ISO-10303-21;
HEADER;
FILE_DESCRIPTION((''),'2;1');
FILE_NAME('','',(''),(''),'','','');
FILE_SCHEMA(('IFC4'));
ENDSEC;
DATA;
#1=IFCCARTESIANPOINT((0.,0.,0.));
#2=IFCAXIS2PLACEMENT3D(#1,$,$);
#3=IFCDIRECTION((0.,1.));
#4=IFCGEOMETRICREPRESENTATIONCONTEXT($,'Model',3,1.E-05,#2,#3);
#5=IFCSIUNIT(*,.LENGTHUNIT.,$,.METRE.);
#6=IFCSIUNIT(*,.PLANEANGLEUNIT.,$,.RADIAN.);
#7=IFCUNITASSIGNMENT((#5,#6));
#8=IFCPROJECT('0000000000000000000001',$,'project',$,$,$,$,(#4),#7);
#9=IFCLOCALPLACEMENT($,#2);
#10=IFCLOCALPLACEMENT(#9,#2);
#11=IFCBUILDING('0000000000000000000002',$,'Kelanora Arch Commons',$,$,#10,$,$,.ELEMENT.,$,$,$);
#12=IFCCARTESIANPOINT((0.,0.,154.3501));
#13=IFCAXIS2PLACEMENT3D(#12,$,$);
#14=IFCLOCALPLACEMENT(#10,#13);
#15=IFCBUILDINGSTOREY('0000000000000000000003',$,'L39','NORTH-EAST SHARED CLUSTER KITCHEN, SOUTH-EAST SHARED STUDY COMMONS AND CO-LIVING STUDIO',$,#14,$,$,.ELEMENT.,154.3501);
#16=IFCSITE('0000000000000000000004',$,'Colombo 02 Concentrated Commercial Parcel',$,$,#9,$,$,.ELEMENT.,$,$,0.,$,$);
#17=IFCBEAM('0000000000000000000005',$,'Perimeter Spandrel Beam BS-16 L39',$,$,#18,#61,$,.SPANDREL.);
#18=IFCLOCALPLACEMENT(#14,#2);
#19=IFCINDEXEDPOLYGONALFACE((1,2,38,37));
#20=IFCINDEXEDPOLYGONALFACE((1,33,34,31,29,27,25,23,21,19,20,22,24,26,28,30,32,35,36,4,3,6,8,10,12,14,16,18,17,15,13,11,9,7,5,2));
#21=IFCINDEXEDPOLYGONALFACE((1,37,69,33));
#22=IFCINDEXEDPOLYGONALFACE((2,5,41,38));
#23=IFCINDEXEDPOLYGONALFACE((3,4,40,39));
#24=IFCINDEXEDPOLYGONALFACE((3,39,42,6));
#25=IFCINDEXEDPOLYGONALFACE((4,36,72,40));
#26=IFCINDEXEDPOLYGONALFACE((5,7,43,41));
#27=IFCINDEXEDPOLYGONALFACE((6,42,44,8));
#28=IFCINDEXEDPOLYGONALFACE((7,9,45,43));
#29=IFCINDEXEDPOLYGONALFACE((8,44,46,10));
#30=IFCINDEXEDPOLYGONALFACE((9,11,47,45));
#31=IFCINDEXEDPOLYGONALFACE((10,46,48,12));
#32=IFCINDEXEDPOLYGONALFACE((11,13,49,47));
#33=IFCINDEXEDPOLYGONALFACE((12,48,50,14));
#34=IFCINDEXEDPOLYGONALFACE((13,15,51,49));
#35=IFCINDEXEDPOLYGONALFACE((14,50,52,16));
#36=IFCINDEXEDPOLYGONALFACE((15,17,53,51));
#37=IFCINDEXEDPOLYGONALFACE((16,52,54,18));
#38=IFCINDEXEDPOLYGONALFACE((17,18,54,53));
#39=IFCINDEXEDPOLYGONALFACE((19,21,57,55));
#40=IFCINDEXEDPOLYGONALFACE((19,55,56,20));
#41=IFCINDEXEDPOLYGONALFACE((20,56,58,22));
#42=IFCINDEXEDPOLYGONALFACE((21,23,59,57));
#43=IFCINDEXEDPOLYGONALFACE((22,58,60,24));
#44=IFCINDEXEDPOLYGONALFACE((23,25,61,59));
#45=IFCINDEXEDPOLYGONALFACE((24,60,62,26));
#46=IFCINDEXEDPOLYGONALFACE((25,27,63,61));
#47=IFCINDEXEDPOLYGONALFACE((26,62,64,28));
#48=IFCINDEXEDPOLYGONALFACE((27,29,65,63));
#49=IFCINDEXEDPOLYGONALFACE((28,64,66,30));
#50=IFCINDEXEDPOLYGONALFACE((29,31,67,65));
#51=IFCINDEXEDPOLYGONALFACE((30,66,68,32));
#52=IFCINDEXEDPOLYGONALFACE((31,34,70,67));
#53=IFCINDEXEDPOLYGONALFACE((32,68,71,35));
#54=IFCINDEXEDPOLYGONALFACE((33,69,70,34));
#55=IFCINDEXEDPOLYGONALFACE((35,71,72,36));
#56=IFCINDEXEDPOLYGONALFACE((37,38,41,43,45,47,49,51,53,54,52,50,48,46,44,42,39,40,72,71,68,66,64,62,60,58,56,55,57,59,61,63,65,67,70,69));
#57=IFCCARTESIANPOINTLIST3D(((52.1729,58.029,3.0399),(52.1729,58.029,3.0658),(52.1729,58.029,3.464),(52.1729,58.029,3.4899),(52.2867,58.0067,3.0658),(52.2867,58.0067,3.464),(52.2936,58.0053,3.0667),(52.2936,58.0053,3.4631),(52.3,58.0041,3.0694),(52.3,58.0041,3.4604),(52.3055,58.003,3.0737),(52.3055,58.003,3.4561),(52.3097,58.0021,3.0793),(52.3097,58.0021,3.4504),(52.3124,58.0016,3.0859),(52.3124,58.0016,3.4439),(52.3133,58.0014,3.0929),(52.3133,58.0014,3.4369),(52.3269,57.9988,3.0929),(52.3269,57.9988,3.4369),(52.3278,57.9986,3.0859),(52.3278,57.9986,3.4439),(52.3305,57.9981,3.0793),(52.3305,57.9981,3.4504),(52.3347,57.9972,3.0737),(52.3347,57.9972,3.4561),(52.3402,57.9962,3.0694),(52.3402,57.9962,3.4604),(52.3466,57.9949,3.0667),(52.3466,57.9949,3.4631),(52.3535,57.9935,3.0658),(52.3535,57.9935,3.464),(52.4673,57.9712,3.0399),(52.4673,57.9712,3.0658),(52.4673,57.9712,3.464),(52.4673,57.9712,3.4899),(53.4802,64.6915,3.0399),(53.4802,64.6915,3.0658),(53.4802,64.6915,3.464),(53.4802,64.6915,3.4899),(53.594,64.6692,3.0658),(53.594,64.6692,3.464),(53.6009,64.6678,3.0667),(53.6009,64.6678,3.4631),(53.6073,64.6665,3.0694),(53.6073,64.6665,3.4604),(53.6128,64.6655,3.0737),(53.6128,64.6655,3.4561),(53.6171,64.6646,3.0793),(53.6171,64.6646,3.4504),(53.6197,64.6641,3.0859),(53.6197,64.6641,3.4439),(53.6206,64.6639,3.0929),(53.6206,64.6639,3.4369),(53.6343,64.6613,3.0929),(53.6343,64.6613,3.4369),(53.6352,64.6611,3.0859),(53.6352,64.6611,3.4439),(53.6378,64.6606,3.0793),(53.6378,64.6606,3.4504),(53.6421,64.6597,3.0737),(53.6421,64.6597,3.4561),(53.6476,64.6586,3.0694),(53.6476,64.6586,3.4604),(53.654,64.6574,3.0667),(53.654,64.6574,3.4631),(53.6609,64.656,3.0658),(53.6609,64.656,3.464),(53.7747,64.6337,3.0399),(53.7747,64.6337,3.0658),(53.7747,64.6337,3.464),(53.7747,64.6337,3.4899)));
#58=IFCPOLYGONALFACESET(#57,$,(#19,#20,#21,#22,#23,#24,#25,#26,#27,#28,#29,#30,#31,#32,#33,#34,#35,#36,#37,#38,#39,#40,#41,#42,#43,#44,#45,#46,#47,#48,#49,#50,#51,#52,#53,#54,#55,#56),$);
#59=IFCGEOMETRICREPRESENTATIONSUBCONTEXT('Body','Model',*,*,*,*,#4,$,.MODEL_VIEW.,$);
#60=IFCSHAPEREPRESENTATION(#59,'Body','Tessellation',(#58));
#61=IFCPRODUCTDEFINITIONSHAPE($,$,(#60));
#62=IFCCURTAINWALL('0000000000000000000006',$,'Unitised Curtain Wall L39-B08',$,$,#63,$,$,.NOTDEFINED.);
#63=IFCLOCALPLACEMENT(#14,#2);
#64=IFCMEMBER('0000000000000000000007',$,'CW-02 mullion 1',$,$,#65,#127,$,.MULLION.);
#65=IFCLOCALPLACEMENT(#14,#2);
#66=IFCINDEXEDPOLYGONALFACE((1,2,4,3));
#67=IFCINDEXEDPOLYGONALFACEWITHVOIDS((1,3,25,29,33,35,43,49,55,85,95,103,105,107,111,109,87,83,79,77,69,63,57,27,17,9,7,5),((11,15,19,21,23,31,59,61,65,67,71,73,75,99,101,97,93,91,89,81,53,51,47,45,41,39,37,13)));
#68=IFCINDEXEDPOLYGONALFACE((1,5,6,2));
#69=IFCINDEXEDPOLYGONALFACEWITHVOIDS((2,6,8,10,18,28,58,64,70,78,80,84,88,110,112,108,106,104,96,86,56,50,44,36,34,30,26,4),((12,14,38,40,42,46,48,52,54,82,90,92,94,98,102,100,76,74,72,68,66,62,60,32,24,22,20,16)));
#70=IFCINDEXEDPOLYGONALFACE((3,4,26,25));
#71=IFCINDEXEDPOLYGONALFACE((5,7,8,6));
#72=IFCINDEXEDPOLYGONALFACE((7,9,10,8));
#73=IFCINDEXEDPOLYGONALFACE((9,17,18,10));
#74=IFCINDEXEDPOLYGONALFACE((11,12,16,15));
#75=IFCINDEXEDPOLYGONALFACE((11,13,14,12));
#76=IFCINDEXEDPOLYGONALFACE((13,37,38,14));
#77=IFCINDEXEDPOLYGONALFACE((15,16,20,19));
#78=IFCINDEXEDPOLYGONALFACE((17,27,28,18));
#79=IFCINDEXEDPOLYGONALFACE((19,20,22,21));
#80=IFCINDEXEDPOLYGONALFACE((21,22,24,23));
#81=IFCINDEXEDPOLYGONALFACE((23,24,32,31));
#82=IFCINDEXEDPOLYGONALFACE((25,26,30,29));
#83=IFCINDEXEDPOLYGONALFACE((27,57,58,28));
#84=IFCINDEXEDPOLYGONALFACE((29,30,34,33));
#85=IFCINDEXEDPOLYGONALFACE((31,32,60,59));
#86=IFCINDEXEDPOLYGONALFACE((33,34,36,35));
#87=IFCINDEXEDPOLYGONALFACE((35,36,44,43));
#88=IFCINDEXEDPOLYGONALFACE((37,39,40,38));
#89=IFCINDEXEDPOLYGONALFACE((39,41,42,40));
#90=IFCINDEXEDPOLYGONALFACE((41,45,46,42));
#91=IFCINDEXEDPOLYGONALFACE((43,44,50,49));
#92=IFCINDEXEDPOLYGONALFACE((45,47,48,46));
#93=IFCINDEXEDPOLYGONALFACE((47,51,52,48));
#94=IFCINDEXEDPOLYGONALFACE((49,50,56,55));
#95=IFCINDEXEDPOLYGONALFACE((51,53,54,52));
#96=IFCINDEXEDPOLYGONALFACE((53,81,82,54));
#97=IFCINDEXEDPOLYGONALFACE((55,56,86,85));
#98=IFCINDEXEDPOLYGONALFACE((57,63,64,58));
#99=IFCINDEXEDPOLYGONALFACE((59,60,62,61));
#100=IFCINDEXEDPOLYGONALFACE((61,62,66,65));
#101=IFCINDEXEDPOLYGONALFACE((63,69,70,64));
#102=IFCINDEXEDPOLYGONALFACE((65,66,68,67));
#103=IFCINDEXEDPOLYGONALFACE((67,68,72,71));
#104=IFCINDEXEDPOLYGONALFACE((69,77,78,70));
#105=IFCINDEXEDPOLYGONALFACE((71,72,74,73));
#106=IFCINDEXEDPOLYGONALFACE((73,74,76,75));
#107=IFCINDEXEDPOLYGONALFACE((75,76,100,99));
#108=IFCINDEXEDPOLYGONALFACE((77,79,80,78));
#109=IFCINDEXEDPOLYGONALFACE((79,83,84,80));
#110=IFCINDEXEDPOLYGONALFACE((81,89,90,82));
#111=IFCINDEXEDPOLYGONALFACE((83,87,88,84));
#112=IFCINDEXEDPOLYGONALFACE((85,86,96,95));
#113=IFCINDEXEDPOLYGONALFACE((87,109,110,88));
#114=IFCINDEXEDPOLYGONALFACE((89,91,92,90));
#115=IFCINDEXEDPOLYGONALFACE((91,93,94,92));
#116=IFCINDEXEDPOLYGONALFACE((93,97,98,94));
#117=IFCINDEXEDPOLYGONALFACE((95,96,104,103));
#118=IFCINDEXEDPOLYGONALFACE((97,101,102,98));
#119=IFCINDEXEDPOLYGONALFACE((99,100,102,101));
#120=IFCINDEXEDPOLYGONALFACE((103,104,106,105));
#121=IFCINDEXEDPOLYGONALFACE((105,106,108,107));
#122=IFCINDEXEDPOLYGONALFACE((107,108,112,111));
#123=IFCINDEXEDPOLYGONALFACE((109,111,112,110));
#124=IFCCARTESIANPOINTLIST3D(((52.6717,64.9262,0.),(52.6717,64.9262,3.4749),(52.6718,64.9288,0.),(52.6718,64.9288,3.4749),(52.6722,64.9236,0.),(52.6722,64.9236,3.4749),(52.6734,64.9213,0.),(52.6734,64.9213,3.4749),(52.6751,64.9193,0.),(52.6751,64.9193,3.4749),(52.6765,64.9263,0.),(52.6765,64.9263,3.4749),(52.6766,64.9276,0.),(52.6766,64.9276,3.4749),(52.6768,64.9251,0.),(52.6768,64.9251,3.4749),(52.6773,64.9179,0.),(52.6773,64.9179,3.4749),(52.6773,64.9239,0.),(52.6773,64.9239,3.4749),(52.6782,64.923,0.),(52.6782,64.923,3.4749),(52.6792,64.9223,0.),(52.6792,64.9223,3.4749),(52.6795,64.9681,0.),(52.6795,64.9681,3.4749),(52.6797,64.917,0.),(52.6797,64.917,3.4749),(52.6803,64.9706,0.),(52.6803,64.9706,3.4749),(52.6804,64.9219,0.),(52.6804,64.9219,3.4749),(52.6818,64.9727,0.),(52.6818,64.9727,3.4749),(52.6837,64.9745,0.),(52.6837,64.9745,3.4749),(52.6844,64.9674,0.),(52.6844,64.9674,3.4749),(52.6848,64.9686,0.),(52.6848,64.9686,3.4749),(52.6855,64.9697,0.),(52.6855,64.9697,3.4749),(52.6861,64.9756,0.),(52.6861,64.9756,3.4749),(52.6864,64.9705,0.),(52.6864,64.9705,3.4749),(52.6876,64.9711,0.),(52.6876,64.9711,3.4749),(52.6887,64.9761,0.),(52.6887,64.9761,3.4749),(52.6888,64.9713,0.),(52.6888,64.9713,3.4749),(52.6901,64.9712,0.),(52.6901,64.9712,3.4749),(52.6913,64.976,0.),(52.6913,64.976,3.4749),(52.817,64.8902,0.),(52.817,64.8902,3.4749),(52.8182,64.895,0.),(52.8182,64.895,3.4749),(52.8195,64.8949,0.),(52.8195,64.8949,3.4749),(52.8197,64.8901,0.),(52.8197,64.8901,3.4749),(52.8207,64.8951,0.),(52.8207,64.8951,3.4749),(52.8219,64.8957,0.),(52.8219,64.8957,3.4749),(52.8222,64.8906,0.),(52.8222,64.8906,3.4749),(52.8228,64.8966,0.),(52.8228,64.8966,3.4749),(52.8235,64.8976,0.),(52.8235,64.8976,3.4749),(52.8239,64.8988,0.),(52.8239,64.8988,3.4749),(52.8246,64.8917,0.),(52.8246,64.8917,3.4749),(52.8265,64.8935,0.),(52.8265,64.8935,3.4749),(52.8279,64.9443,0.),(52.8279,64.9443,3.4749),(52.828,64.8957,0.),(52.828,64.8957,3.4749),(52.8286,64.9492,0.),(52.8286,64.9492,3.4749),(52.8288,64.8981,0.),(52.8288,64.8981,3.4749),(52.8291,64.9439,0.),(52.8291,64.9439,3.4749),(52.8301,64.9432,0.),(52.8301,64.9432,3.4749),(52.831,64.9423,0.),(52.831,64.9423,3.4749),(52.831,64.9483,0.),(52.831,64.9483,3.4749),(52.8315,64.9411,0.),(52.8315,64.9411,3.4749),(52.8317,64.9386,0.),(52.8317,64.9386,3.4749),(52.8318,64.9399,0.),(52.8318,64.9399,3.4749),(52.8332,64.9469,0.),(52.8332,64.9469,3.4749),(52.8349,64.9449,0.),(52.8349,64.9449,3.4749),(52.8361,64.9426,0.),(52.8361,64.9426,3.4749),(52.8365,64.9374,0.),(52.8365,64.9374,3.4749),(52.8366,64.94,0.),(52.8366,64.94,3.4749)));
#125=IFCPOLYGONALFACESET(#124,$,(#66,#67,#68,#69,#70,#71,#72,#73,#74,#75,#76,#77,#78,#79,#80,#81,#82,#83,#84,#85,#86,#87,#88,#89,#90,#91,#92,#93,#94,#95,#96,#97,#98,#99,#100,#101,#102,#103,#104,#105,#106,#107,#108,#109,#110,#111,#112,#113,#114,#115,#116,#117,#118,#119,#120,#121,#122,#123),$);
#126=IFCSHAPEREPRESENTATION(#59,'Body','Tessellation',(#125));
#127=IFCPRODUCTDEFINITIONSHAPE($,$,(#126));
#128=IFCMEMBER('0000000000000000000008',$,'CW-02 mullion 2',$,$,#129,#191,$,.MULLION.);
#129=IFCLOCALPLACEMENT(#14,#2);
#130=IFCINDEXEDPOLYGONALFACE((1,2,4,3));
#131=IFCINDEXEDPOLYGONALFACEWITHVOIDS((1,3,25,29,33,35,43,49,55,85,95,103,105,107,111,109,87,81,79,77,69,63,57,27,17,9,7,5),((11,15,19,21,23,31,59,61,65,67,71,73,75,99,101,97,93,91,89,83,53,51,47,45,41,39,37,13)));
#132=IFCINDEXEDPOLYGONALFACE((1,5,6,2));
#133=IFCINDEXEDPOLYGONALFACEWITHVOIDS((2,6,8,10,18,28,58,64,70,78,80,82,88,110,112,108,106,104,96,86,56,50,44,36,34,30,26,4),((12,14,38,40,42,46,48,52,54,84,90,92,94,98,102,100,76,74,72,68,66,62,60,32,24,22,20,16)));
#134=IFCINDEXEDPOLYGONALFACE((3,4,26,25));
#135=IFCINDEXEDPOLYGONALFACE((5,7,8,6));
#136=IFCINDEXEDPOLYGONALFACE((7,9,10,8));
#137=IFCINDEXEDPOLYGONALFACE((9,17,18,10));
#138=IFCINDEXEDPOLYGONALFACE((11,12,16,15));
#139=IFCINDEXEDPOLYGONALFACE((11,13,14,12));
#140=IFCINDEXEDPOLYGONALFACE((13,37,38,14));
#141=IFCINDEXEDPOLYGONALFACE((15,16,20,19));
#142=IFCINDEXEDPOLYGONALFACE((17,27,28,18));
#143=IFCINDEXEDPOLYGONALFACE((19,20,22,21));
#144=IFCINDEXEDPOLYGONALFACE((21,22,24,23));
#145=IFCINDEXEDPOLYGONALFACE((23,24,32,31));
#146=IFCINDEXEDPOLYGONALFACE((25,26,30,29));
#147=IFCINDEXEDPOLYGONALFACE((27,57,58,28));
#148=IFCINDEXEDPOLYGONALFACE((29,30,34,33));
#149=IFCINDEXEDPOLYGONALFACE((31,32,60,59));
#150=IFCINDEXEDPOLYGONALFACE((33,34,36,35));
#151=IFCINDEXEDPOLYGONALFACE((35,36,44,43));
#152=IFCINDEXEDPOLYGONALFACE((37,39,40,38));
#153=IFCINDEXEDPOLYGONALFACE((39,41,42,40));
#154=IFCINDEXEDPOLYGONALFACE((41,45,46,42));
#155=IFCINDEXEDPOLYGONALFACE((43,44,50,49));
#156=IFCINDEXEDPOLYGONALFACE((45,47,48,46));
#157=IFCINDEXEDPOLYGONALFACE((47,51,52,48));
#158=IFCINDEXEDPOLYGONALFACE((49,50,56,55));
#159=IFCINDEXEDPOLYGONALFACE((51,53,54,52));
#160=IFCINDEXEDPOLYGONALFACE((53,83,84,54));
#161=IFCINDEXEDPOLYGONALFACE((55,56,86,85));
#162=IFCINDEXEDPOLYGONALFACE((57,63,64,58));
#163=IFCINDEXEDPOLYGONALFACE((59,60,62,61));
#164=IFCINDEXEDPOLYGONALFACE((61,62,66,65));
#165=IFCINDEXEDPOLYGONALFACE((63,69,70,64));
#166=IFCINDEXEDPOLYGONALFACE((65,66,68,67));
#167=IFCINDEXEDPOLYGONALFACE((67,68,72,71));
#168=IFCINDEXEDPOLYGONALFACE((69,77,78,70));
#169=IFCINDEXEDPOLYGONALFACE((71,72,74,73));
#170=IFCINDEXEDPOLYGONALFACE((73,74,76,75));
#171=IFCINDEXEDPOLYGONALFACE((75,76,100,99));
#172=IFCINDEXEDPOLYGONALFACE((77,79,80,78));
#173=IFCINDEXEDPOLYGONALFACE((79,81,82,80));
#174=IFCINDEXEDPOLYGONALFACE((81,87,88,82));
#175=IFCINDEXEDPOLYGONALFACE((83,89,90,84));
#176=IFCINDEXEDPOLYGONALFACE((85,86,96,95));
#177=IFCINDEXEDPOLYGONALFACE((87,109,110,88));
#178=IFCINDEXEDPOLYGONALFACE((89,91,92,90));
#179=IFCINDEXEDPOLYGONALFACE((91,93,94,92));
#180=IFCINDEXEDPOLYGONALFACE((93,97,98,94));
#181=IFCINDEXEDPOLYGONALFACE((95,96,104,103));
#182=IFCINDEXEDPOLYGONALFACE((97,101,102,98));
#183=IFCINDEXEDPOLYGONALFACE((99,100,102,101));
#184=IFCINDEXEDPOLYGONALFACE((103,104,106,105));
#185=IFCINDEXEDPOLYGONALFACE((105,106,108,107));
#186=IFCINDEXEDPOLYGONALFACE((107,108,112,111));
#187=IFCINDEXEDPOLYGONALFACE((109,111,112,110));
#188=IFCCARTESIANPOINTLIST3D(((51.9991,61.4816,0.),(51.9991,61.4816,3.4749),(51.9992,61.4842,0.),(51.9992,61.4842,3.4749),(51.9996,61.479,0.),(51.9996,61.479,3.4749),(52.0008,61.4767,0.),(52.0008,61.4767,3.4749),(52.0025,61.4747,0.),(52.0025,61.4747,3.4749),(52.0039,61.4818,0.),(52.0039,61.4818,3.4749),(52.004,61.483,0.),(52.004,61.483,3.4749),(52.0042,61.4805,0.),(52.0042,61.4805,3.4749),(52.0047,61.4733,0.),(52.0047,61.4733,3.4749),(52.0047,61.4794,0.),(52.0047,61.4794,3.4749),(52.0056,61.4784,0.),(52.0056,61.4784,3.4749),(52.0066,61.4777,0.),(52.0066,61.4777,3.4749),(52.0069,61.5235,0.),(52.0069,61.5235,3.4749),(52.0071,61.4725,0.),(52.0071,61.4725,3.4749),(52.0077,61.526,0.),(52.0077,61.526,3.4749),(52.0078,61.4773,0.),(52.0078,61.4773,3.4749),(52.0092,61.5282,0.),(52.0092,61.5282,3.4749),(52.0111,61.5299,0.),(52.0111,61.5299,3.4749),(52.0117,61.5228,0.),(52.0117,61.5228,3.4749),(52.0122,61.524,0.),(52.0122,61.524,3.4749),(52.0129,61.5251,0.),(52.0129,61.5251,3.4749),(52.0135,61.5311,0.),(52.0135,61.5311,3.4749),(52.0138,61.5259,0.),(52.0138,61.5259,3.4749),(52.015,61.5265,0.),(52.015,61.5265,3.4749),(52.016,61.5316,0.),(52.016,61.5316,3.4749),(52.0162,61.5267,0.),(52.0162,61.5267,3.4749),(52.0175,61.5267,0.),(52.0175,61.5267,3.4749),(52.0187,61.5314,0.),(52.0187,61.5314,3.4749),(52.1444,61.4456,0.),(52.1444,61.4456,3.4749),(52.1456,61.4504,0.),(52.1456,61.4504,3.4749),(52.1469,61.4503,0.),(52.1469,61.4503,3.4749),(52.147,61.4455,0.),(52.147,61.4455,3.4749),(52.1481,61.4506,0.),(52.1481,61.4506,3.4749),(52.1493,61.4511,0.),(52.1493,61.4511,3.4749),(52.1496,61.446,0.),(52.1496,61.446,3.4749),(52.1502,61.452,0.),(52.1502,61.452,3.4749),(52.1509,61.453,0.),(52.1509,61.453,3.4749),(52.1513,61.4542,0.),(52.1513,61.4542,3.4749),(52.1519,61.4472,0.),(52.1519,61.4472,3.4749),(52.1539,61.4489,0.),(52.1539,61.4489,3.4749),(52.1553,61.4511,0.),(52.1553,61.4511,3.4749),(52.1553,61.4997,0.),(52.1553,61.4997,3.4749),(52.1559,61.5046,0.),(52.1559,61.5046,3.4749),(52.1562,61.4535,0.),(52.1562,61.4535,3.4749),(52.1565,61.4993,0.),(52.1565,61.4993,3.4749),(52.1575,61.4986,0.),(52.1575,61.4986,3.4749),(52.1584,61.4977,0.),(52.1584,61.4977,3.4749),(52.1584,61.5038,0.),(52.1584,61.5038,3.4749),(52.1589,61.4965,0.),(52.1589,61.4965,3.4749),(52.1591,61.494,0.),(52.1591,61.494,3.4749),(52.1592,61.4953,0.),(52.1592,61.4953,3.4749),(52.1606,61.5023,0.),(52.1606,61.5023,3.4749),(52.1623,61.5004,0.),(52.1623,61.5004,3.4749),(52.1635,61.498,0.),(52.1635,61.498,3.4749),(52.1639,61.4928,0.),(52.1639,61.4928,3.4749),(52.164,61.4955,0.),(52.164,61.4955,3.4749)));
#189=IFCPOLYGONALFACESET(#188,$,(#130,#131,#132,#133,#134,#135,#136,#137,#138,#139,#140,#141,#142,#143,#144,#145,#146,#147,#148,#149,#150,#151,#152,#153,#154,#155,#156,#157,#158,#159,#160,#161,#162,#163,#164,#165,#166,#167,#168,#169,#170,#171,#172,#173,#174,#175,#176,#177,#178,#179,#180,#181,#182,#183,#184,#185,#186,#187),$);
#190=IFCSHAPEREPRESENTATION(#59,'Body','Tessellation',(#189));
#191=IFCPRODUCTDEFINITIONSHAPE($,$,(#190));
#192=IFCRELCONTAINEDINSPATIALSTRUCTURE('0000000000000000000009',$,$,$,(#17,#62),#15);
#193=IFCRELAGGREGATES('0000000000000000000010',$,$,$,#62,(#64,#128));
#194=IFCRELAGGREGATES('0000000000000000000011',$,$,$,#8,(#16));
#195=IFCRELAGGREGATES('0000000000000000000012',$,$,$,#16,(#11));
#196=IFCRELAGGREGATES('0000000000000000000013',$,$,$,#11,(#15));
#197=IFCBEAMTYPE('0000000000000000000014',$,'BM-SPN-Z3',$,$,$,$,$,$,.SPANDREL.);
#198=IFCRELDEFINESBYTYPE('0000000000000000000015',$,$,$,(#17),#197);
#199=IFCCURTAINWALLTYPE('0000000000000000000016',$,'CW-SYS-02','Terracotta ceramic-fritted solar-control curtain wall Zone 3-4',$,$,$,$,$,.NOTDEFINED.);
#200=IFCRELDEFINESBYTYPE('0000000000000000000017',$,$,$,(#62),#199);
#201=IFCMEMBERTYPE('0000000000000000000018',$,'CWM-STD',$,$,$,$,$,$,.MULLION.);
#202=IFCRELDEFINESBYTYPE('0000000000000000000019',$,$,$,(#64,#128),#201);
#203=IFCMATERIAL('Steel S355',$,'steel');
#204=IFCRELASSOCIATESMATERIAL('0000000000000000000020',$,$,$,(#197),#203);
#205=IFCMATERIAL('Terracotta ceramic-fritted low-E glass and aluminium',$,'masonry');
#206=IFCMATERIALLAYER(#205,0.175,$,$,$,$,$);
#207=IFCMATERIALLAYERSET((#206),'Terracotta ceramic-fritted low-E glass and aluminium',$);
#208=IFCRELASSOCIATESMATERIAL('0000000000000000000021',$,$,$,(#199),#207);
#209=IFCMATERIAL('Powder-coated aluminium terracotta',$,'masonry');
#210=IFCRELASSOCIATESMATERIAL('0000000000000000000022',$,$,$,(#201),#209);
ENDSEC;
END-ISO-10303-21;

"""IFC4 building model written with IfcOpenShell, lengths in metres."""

from ifc_helpers import new_model, si_unit, direction, frame, origin, origin_2d, place, context, subcontext, project, spatial, hollow_rectangle, i_section, extrude, material, layer, layer_set, material_profile, profile_set, type_object, element, aggregate, save


model = new_model("IFC4")

# Units and contexts
model_context = context("Model", 3, precision=1e-05, world=origin(), true_north=direction((0.0, 1.0)))
body_context = subcontext(model_context, "Body", "Model", "MODEL_VIEW")
ifc_project = project(units=[si_unit("LENGTHUNIT", "METRE"), si_unit("PLANEANGLEUNIT", "RADIAN")], contexts=[model_context])

# Site, building, storey
site_placement = place(None, origin())
site = spatial("IfcSite", under=ifc_project, at=site_placement, Name="Colombo 02 Concentrated Commercial Parcel", CompositionType="ELEMENT", RefElevation=0.0)
building_placement = place(site_placement, origin())
building = spatial("IfcBuilding", under=site, at=building_placement, Name="Kelanora Arch Commons", CompositionType="ELEMENT")
storey_placement = place(building_placement, frame((0.0, 0.0, 154.3501)))
storey = spatial("IfcBuildingStorey", under=building, at=storey_placement, Name="L39", Description="NORTH-EAST SHARED CLUSTER KITCHEN, SOUTH-EAST SHARED STUDY COMMONS AND CO-LIVING STUDIO", CompositionType="ELEMENT", Elevation=154.3501)

# Beam
ifc_material_1 = material(Name="Steel S355", Category="steel")
ifc_material_profile_1 = material_profile(ifc_material_1, i_section(OverallWidth=0.3, OverallDepth=0.45, WebThickness=0.0139, FlangeThickness=0.0259, FilletRadius=0.0271, at=origin_2d()), Name="HEB450")
ifc_profile_set_1 = profile_set([ifc_material_profile_1], Name="Steel S355")
beam_type_1 = type_object("IfcBeamType", Name="BM-SPN-Z3", PredefinedType="SPANDREL", material=ifc_profile_set_1)
beam_1_placement = place(storey_placement, frame((53.6274, 64.6626, 3.2649), z_axis=(-0.192554, -0.981286, 0.0), x_axis=(0.981286, -0.192554, 0.0)))
element("IfcBeam", 1, at=beam_1_placement, inside=storey, type_object=beam_type_1, Name="Perimeter Spandrel Beam BS-16 L39", PredefinedType="SPANDREL", context=body_context, shape_type="SweptSolid", body=[
    extrude(i_section(OverallWidth=0.3, OverallDepth=0.45, WebThickness=0.0139, FlangeThickness=0.0259, FilletRadius=0.0271, at=origin_2d()), origin(), (0.0, 0.0, 1.0), 6.7896),
])

# Curtain wall, members
ifc_material_2 = material(Name="Terracotta ceramic-fritted low-E glass and aluminium", Category="masonry")
ifc_layer_1 = layer(ifc_material_2, 0.175)
ifc_layer_set_1 = layer_set([ifc_layer_1], Name="Terracotta ceramic-fritted low-E glass and aluminium")
curtain_wall_type = type_object("IfcCurtainWallType", Name="CW-SYS-02", Description="Terracotta ceramic-fritted solar-control curtain wall Zone 3-4", PredefinedType="NOTDEFINED", material=ifc_layer_set_1)
curtain_wall_placement = place(storey_placement, origin())
curtain_wall = element("IfcCurtainWall", 2, at=curtain_wall_placement, inside=storey, type_object=curtain_wall_type, Name="Unitised Curtain Wall L39-B08", PredefinedType="NOTDEFINED")
ifc_material_3 = material(Name="Powder-coated aluminium terracotta", Category="masonry")
ifc_material_profile_2 = material_profile(ifc_material_3, hollow_rectangle(XDim=0.1599, YDim=0.0601, WallThickness=0.0049, InnerFilletRadius=0.0049, OuterFilletRadius=0.01, at=origin_2d()), Name="CWM160x60")
ifc_profile_set_2 = profile_set([ifc_material_profile_2], Name="Powder-coated aluminium terracotta")
member_type_1 = type_object("IfcMemberType", Name="CWM-STD", PredefinedType="MULLION", material=ifc_profile_set_2)
member_1_placement = place(storey_placement, frame((52.7542, 64.9331, 0.0), z_axis=(0.0, 0.0, 1.0), x_axis=(0.981453, -0.191705, 0.0)))
member_1 = element("IfcMember", 3, at=member_1_placement, type_object=member_type_1, Name="CW-02 mullion 1", PredefinedType="MULLION", context=body_context, shape_type="SweptSolid", body=[
    extrude(hollow_rectangle(XDim=0.1599, YDim=0.0601, WallThickness=0.0049, InnerFilletRadius=0.0049, OuterFilletRadius=0.01, at=origin_2d()), origin(), (0.0, 0.0, 1.0), 3.4749),
])
member_2_placement = place(storey_placement, frame((52.0815, 61.4885, 0.0), z_axis=(0.0, 0.0, 1.0), x_axis=(0.981453, -0.191705, 0.0)))
member_2 = element("IfcMember", 4, at=member_2_placement, type_object=member_type_1, Name="CW-02 mullion 2", PredefinedType="MULLION", context=body_context, shape_type="SweptSolid", body=[
    extrude(hollow_rectangle(XDim=0.1599, YDim=0.0601, WallThickness=0.0049, InnerFilletRadius=0.0049, OuterFilletRadius=0.01, at=origin_2d()), origin(), (0.0, 0.0, 1.0), 3.4749),
])
aggregate(curtain_wall, [member_1, member_2])

save(model, "model.ifc")
